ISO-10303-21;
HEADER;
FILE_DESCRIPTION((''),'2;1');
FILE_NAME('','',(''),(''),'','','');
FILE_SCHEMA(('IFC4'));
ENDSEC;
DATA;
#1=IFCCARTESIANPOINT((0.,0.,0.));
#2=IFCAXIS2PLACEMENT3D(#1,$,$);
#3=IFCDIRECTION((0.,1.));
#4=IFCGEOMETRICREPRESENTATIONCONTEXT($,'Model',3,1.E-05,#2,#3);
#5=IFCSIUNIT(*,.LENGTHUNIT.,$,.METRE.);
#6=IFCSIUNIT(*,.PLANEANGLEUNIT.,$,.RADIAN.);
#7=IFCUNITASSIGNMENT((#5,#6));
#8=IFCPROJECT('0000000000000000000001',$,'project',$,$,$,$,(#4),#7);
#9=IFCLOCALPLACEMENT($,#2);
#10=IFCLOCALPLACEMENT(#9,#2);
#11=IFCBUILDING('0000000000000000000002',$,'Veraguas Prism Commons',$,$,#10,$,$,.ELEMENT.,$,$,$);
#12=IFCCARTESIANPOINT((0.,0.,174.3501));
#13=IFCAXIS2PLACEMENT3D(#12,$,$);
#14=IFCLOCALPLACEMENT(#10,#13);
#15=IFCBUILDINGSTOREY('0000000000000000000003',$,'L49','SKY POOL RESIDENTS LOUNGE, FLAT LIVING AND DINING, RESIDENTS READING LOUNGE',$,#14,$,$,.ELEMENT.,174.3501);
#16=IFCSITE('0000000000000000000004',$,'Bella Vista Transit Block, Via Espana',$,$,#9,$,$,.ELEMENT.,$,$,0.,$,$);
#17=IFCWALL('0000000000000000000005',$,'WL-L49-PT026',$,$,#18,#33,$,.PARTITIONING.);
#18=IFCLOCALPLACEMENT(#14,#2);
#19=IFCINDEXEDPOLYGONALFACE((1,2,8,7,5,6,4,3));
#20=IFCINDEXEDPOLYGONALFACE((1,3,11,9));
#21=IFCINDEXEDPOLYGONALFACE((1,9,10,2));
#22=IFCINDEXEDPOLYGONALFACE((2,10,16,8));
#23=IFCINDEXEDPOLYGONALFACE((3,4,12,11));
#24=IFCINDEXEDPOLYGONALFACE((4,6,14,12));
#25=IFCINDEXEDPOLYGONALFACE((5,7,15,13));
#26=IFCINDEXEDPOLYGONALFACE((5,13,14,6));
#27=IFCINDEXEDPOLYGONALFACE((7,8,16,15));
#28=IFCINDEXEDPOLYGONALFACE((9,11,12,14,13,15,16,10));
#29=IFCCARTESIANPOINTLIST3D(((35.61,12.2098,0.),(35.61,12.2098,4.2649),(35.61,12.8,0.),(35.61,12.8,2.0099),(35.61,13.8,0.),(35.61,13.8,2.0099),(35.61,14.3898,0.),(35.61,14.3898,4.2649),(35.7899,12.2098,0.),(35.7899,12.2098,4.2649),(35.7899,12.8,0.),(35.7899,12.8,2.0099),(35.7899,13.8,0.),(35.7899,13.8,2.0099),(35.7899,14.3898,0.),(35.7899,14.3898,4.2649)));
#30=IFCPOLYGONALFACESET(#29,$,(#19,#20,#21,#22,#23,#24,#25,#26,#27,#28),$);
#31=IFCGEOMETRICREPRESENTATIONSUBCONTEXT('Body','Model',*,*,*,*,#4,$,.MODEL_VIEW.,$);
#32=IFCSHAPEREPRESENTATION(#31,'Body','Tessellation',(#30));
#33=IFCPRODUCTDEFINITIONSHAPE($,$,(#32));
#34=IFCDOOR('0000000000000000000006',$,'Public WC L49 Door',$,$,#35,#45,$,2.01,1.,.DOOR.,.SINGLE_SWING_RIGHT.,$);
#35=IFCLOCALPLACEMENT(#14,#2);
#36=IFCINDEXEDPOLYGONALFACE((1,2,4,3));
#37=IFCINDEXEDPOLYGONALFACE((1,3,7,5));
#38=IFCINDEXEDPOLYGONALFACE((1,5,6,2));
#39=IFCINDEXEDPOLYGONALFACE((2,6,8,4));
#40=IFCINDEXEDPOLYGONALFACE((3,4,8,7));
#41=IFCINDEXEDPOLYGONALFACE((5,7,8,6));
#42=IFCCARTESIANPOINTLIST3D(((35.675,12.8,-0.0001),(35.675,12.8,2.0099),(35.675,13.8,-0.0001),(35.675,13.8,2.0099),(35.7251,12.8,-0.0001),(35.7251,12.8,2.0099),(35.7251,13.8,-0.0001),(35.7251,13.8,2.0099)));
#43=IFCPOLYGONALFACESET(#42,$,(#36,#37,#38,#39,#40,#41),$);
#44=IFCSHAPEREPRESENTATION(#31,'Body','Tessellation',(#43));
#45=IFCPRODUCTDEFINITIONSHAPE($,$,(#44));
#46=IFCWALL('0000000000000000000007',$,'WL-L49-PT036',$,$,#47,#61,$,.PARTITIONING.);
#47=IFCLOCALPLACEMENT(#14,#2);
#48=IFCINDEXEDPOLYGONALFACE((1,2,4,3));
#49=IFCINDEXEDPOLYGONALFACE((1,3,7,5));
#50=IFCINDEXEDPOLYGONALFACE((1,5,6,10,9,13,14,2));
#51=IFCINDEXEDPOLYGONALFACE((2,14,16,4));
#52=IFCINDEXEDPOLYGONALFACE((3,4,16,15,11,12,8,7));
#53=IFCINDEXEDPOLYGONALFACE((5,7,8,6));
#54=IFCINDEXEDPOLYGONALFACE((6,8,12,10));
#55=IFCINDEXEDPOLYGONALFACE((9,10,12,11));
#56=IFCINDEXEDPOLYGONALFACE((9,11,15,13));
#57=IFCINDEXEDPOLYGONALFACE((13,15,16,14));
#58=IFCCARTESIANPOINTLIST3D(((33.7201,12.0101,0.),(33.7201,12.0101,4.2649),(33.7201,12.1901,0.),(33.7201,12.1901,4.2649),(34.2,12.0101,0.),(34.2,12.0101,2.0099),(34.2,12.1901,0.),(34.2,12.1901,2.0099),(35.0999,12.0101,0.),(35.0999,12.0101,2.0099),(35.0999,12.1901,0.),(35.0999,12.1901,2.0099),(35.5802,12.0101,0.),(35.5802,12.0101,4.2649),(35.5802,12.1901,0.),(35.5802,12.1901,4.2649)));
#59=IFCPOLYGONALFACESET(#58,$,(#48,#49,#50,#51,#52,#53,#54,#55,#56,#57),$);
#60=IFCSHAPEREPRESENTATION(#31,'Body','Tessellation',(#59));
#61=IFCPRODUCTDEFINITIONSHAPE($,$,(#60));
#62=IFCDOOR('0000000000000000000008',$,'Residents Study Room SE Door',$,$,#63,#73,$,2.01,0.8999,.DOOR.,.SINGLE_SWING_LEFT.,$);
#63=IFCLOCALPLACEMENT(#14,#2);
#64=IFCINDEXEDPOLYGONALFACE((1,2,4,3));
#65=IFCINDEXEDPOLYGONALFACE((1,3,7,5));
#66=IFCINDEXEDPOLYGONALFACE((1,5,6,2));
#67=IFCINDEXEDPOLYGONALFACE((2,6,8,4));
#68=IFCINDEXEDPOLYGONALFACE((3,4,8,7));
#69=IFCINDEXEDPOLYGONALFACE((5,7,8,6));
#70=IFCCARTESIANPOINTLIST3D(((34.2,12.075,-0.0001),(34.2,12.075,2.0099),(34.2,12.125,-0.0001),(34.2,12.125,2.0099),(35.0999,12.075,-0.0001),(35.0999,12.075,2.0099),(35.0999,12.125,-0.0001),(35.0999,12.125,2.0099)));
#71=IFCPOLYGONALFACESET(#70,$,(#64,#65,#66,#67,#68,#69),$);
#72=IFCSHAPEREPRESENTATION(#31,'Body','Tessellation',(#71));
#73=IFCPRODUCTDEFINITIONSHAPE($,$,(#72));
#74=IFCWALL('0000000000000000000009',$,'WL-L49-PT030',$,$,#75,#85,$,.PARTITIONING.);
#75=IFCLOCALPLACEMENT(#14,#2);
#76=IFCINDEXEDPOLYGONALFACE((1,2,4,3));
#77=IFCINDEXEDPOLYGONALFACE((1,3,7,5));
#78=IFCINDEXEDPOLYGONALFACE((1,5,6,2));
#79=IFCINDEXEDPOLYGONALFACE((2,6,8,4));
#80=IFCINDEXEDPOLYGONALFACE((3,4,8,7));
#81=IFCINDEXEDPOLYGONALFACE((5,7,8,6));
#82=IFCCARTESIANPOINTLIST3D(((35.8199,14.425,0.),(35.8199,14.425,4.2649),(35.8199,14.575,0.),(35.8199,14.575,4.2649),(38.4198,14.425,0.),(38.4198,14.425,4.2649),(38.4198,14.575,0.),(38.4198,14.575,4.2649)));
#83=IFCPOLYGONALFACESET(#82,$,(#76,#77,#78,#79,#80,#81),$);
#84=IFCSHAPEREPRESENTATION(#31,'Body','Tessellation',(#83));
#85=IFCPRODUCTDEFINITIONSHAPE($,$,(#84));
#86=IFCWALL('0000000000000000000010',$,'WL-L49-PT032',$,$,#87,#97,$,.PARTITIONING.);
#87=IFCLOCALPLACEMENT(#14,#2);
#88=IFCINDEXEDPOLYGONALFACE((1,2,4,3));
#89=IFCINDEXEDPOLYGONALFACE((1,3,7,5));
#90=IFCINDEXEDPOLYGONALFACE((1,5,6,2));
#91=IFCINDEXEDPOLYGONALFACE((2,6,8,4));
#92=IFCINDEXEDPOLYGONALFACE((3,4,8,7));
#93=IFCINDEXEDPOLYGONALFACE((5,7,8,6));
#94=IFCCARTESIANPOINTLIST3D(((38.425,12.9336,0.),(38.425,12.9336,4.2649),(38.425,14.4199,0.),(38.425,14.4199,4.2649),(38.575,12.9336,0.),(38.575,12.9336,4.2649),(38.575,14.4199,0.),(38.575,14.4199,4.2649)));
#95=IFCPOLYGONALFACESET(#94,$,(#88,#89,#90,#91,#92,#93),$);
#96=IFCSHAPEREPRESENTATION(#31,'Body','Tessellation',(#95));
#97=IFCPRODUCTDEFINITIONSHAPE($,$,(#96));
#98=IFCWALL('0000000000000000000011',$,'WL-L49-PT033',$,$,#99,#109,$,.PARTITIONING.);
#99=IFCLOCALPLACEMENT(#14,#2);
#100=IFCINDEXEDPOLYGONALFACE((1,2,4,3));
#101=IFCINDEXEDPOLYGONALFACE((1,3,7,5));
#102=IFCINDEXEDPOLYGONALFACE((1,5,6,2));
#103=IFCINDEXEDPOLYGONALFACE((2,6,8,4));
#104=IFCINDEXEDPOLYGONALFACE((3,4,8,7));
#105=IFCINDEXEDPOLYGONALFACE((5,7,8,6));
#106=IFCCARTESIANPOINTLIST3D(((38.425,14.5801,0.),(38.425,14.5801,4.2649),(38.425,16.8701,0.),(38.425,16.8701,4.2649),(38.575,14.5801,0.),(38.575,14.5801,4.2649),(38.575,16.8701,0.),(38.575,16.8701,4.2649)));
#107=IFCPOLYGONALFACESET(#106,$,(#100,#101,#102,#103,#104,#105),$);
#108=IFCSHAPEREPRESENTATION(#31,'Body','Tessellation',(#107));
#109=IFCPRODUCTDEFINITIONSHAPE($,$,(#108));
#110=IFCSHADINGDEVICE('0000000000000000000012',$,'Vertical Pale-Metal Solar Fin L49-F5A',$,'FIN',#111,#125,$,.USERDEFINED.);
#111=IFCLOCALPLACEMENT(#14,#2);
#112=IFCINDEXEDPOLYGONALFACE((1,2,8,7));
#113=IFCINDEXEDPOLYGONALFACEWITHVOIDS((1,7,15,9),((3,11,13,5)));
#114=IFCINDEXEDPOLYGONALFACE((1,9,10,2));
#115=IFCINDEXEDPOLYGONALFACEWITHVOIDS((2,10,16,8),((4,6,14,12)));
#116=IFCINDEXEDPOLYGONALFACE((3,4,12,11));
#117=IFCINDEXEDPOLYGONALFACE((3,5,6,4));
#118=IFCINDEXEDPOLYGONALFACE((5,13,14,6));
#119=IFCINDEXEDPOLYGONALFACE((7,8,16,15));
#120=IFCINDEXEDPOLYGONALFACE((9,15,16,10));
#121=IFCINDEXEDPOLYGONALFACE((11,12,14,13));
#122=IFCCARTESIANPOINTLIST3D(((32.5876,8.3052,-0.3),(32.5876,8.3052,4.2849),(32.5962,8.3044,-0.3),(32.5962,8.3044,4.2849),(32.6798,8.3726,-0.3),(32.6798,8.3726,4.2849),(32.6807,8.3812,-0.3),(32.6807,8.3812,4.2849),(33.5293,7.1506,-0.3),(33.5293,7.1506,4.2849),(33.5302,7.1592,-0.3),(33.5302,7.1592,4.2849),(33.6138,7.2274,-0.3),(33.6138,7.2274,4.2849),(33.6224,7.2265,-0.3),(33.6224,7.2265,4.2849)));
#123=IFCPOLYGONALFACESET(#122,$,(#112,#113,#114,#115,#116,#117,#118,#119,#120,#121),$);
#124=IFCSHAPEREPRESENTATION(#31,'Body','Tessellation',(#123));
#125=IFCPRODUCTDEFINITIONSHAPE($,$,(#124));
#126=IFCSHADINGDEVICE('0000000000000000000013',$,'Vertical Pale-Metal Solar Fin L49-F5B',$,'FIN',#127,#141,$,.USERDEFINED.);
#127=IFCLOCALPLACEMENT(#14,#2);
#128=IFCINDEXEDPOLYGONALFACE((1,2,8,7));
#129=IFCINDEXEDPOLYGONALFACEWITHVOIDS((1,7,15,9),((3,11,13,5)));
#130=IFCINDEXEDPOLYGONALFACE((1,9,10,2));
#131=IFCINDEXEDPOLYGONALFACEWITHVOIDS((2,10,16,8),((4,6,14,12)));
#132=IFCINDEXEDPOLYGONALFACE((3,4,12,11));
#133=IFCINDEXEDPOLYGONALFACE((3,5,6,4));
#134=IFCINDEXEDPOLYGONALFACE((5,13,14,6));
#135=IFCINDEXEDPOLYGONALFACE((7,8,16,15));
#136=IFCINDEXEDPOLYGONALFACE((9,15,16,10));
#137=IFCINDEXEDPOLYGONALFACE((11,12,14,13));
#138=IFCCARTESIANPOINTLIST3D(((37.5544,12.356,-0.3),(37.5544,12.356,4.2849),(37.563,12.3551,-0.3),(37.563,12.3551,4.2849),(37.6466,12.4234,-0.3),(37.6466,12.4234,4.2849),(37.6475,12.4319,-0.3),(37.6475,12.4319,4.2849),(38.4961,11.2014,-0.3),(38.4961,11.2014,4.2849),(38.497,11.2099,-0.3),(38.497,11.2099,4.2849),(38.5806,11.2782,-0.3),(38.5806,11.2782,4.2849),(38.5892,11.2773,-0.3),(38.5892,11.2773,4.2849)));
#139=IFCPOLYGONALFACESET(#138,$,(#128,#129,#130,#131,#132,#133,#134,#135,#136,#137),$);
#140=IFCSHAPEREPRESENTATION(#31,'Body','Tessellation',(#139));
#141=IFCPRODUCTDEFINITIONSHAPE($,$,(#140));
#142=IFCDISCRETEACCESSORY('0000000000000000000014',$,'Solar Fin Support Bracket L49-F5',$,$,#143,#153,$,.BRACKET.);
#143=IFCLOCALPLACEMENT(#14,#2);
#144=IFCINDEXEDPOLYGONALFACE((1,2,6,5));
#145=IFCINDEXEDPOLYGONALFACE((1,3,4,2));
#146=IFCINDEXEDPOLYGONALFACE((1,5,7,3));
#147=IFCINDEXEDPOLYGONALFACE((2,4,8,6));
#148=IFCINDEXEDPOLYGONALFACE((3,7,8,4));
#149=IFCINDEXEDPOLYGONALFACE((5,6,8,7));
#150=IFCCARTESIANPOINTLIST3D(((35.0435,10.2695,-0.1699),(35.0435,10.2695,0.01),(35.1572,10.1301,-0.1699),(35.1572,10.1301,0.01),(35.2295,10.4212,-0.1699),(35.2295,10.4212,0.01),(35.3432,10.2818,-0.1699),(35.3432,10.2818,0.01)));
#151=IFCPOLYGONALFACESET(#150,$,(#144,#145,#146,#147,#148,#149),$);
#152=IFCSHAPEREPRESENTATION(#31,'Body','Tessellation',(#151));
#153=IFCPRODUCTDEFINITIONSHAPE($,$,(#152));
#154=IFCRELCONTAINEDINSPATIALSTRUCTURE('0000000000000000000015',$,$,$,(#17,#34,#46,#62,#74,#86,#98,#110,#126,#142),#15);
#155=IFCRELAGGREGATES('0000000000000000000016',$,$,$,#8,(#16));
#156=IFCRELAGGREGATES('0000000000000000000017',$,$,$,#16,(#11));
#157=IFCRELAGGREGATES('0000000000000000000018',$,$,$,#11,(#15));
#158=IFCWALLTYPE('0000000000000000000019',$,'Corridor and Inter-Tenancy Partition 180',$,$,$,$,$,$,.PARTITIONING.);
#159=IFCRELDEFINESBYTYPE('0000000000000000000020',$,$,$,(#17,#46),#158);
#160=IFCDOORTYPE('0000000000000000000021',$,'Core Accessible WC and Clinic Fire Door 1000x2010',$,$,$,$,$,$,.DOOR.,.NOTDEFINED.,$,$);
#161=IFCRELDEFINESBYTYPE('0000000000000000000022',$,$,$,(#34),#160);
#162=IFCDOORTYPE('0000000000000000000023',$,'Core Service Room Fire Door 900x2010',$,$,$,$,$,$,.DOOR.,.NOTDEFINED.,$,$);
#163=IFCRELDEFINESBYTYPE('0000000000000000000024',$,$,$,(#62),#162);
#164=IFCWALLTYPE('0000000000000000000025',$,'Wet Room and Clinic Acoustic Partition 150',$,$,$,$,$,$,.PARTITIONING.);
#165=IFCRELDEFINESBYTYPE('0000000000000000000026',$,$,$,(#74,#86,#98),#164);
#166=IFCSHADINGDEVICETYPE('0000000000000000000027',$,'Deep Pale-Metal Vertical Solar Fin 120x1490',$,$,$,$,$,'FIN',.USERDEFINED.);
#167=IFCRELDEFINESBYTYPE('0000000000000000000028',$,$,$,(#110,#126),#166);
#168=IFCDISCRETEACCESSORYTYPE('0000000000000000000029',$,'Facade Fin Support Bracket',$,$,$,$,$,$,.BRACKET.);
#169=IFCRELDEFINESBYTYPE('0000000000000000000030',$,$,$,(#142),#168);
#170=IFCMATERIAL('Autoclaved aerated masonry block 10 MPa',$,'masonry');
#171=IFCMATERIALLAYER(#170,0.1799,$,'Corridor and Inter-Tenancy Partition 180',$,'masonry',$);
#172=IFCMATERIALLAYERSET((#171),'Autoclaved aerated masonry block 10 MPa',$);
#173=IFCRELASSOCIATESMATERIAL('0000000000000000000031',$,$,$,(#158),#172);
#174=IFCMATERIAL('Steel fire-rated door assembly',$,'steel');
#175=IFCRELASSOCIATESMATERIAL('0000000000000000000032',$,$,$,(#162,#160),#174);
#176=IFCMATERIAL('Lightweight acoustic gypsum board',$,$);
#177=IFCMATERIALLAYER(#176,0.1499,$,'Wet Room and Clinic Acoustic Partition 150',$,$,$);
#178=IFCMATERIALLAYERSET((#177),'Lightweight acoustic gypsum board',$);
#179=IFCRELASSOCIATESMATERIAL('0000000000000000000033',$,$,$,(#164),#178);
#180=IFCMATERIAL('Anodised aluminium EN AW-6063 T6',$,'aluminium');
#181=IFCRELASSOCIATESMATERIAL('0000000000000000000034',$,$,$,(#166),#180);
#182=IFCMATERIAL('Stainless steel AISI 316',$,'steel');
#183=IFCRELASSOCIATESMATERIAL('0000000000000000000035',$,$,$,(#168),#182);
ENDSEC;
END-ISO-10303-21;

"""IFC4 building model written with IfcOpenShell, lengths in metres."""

from ifc_helpers import new_model, si_unit, direction, frame, frame_2d, origin, origin_2d, place, context, subcontext, project, spatial, rectangle, hollow_rectangle, extrude, source, transform, mapped, material, layer, layer_set, material_profile, profile_set, type_object, element, fill, save


model = new_model("IFC4")

# Units and contexts
model_context = context("Model", 3, precision=1e-05, world=origin(), true_north=direction((0.0, 1.0)))
body_context = subcontext(model_context, "Body", "Model", "MODEL_VIEW")
ifc_project = project(units=[si_unit("LENGTHUNIT", "METRE"), si_unit("PLANEANGLEUNIT", "RADIAN")], contexts=[model_context])

# Site, building, storey
site_placement = place(None, origin())
site = spatial("IfcSite", under=ifc_project, at=site_placement, Name="Bella Vista Transit Block, Via Espana", CompositionType="ELEMENT", RefElevation=0.0)
building_placement = place(site_placement, origin())
building = spatial("IfcBuilding", under=site, at=building_placement, Name="Veraguas Prism Commons", CompositionType="ELEMENT")
storey_placement = place(building_placement, frame((0.0, 0.0, 174.3501)))
storey = spatial("IfcBuildingStorey", under=building, at=storey_placement, Name="L49", Description="SKY POOL RESIDENTS LOUNGE, FLAT LIVING AND DINING, RESIDENTS READING LOUNGE", CompositionType="ELEMENT", Elevation=174.3501)

# Shared definitions
ifc_material_1 = material(Name="Anodised aluminium EN AW-6063 T6", Category="aluminium")

# Shared definitions
ifc_material_2 = material(Name="Autoclaved aerated masonry block 10 MPa", Category="masonry")
ifc_layer_1 = layer(ifc_material_2, 0.1799, Name="Corridor and Inter-Tenancy Partition 180", Category="masonry")
ifc_layer_set_1 = layer_set([ifc_layer_1], Name="Autoclaved aerated masonry block 10 MPa")
wall_type_1 = type_object("IfcWallType", Name="Corridor and Inter-Tenancy Partition 180", PredefinedType="PARTITIONING", material=ifc_layer_set_1)
ifc_material_3 = material(Name="Steel fire-rated door assembly", Category="steel")
door_type_1 = type_object("IfcDoorType", Name="Core Service Room Fire Door 900x2010", OperationType="NOTDEFINED", PredefinedType="DOOR", material=ifc_material_3)
shared_shape_1 = source(origin(), body_context, "Body", "SweptSolid", [
    extrude(rectangle(XDim=0.8999, YDim=2.01, at=frame_2d((0.45, 1.0049))), frame((0.0, 0.0249, 0.0), z_axis=(0.0, -1.0, 0.0), x_axis=(1.0, 0.0, 0.0)), (0.0, 0.0, 1.0), 0.05),
])

# Walls, openings, doors
wall_1_placement = place(storey_placement, frame((35.7, 12.21, 0.0), z_axis=(0.0, 0.0, 1.0), x_axis=(0.0, 1.0, 0.0)))
wall_1 = element("IfcWall", 1, at=wall_1_placement, inside=storey, type_object=wall_type_1, Name="WL-L49-PT026", PredefinedType="PARTITIONING", context=body_context, shape_type="SweptSolid", body=[
    extrude(rectangle(XDim=2.1799, YDim=0.1799, at=frame_2d((1.0898, 0.0))), origin(), (0.0, 0.0, 1.0), 4.2649),
])
opening_1_placement = place(wall_1_placement, frame((0.5901, 0.0, 0.0)))
opening_1 = element("IfcOpeningElement", 2, at=opening_1_placement, cuts=wall_1, PredefinedType="OPENING", context=body_context, shape_type="SweptSolid", body=[
    extrude(rectangle(XDim=1.0, YDim=2.01, at=frame_2d((0.5, 1.0049))), frame((0.0, 0.0999, 0.0), z_axis=(0.0, -1.0, 0.0), x_axis=(1.0, 0.0, 0.0)), (0.0, 0.0, 1.0), 0.2),
])
door_type_2 = type_object("IfcDoorType", Name="Core Accessible WC and Clinic Fire Door 1000x2010", OperationType="NOTDEFINED", PredefinedType="DOOR", material=ifc_material_3)
shared_shape_2 = source(origin(), body_context, "Body", "SweptSolid", [
    extrude(rectangle(XDim=1.0, YDim=2.01, at=frame_2d((0.5, 1.0049))), frame((0.0, 0.0249, 0.0), z_axis=(0.0, -1.0, 0.0), x_axis=(1.0, 0.0, 0.0)), (0.0, 0.0, 1.0), 0.05),
])
door_1_placement = place(opening_1_placement, origin())
door_1 = element("IfcDoor", 3, at=door_1_placement, inside=storey, type_object=door_type_2, Name="Public WC L49 Door", OperationType="SINGLE_SWING_RIGHT", OverallHeight=2.01, OverallWidth=1.0, PredefinedType="DOOR", context=body_context, shape_type="MappedRepresentation", body=[
    mapped(shared_shape_2, transform((0.0, 0.0, 0.0), scale=1.0)),
])
fill(opening_1, door_1)
wall_2_placement = place(storey_placement, frame((33.72, 12.1001, 0.0), z_axis=(0.0, 0.0, 1.0), x_axis=(1.0, 0.0, 0.0)))
wall_2 = element("IfcWall", 4, at=wall_2_placement, inside=storey, type_object=wall_type_1, Name="WL-L49-PT036", PredefinedType="PARTITIONING", context=body_context, shape_type="SweptSolid", body=[
    extrude(rectangle(XDim=1.8601, YDim=0.1799, at=frame_2d((0.9302, 0.0))), origin(), (0.0, 0.0, 1.0), 4.2649),
])
opening_2_placement = place(wall_2_placement, frame((0.48, 0.0, 0.0)))
opening_2 = element("IfcOpeningElement", 5, at=opening_2_placement, cuts=wall_2, PredefinedType="OPENING", context=body_context, shape_type="SweptSolid", body=[
    extrude(rectangle(XDim=0.8999, YDim=2.01, at=frame_2d((0.45, 1.0049))), frame((0.0, 0.0999, 0.0), z_axis=(0.0, -1.0, 0.0), x_axis=(1.0, 0.0, 0.0)), (0.0, 0.0, 1.0), 0.2),
])
door_2_placement = place(opening_2_placement, origin())
door_2 = element("IfcDoor", 6, at=door_2_placement, inside=storey, type_object=door_type_1, Name="Residents Study Room SE Door", OperationType="SINGLE_SWING_LEFT", OverallHeight=2.01, OverallWidth=0.8999, PredefinedType="DOOR", context=body_context, shape_type="MappedRepresentation", body=[
    mapped(shared_shape_1, transform((0.0, 0.0, 0.0), scale=1.0)),
])
fill(opening_2, door_2)

# Walls
ifc_material_4 = material(Name="Lightweight acoustic gypsum board")
ifc_layer_2 = layer(ifc_material_4, 0.1499, Name="Wet Room and Clinic Acoustic Partition 150")
ifc_layer_set_2 = layer_set([ifc_layer_2], Name="Lightweight acoustic gypsum board")
wall_type_2 = type_object("IfcWallType", Name="Wet Room and Clinic Acoustic Partition 150", PredefinedType="PARTITIONING", material=ifc_layer_set_2)
wall_3_placement = place(storey_placement, frame((35.8201, 14.5, 0.0), z_axis=(0.0, 0.0, 1.0), x_axis=(1.0, 0.0, 0.0)))
element("IfcWall", 7, at=wall_3_placement, inside=storey, type_object=wall_type_2, Name="WL-L49-PT030", PredefinedType="PARTITIONING", context=body_context, shape_type="SweptSolid", body=[
    extrude(rectangle(XDim=2.5999, YDim=0.1499, at=frame_2d((1.2998, 0.0))), origin(), (0.0, 0.0, 1.0), 4.2649),
])
wall_4_placement = place(storey_placement, frame((38.5, 12.9336, 0.0), z_axis=(0.0, 0.0, 1.0), x_axis=(0.0, 1.0, 0.0)))
element("IfcWall", 8, at=wall_4_placement, inside=storey, type_object=wall_type_2, Name="WL-L49-PT032", PredefinedType="PARTITIONING", context=body_context, shape_type="SweptSolid", body=[
    extrude(rectangle(XDim=1.4863, YDim=0.1499, at=frame_2d((0.7432, 0.0))), origin(), (0.0, 0.0, 1.0), 4.2649),
])
wall_5_placement = place(storey_placement, frame((38.5, 14.5801, 0.0), z_axis=(0.0, 0.0, 1.0), x_axis=(0.0, 1.0, 0.0)))
element("IfcWall", 9, at=wall_5_placement, inside=storey, type_object=wall_type_2, Name="WL-L49-PT033", PredefinedType="PARTITIONING", context=body_context, shape_type="SweptSolid", body=[
    extrude(rectangle(XDim=2.29, YDim=0.1499, at=frame_2d((1.145, 0.0))), origin(), (0.0, 0.0, 1.0), 4.2649),
])

# Shading devices
ifc_material_profile_1 = material_profile(ifc_material_1, hollow_rectangle(XDim=0.1201, YDim=1.49, WallThickness=0.0061, at=origin_2d()), Name="FIN120X1490X6")
ifc_profile_set_1 = profile_set([ifc_material_profile_1], Name="Anodised aluminium EN AW-6063 T6")
shading_device_type = type_object("IfcShadingDeviceType", Name="Deep Pale-Metal Vertical Solar Fin 120x1490", ElementType="FIN", PredefinedType="USERDEFINED", material=ifc_profile_set_1)
for number, where, z_axis, x_axis, name in (
    (10, (33.105, 7.7659, -0.3), (0.0, 0.0, 1.0), (0.774943, 0.632031, 0.0), "Vertical Pale-Metal Solar Fin L49-F5A"),
    (11, (38.0718, 11.8167, -0.3), (0.0, 0.0, 1.0), (0.774943, 0.632031, 0.0), "Vertical Pale-Metal Solar Fin L49-F5B"),
):
    element("IfcShadingDevice", number, at=place(storey_placement, frame(where, z_axis=z_axis, x_axis=x_axis)), inside=storey, type_object=shading_device_type, Name=name, ObjectType="FIN", PredefinedType="USERDEFINED", context=body_context, shape_type="SweptSolid", body=[
        extrude(hollow_rectangle(XDim=0.1201, YDim=1.49, WallThickness=0.0061, at=origin_2d()), origin(), (0.0, 0.0, 1.0), 4.585),
    ])

# Discrete accessory
ifc_material_5 = material(Name="Stainless steel AISI 316", Category="steel")
discrete_accessory_type = type_object("IfcDiscreteAccessoryType", Name="Facade Fin Support Bracket", PredefinedType="BRACKET", material=ifc_material_5)
shared_shape_3 = source(origin(), body_context, "Body", "SweptSolid", [
    extrude(rectangle(XDim=0.24, YDim=0.1799, at=origin_2d()), origin(), (0.0, 0.0, 1.0), 0.1799),
])
discrete_accessory_placement = place(storey_placement, frame((35.1934, 10.2756, -0.1699), z_axis=(0.0, 0.0, 1.0), x_axis=(0.774943, 0.632031, 0.0)))
element("IfcDiscreteAccessory", 12, at=discrete_accessory_placement, inside=storey, type_object=discrete_accessory_type, Name="Solar Fin Support Bracket L49-F5", PredefinedType="BRACKET", context=body_context, shape_type="MappedRepresentation", body=[
    mapped(shared_shape_3, transform((0.0, 0.0, 0.0), scale=1.0)),
])

save(model, "model.ifc")
